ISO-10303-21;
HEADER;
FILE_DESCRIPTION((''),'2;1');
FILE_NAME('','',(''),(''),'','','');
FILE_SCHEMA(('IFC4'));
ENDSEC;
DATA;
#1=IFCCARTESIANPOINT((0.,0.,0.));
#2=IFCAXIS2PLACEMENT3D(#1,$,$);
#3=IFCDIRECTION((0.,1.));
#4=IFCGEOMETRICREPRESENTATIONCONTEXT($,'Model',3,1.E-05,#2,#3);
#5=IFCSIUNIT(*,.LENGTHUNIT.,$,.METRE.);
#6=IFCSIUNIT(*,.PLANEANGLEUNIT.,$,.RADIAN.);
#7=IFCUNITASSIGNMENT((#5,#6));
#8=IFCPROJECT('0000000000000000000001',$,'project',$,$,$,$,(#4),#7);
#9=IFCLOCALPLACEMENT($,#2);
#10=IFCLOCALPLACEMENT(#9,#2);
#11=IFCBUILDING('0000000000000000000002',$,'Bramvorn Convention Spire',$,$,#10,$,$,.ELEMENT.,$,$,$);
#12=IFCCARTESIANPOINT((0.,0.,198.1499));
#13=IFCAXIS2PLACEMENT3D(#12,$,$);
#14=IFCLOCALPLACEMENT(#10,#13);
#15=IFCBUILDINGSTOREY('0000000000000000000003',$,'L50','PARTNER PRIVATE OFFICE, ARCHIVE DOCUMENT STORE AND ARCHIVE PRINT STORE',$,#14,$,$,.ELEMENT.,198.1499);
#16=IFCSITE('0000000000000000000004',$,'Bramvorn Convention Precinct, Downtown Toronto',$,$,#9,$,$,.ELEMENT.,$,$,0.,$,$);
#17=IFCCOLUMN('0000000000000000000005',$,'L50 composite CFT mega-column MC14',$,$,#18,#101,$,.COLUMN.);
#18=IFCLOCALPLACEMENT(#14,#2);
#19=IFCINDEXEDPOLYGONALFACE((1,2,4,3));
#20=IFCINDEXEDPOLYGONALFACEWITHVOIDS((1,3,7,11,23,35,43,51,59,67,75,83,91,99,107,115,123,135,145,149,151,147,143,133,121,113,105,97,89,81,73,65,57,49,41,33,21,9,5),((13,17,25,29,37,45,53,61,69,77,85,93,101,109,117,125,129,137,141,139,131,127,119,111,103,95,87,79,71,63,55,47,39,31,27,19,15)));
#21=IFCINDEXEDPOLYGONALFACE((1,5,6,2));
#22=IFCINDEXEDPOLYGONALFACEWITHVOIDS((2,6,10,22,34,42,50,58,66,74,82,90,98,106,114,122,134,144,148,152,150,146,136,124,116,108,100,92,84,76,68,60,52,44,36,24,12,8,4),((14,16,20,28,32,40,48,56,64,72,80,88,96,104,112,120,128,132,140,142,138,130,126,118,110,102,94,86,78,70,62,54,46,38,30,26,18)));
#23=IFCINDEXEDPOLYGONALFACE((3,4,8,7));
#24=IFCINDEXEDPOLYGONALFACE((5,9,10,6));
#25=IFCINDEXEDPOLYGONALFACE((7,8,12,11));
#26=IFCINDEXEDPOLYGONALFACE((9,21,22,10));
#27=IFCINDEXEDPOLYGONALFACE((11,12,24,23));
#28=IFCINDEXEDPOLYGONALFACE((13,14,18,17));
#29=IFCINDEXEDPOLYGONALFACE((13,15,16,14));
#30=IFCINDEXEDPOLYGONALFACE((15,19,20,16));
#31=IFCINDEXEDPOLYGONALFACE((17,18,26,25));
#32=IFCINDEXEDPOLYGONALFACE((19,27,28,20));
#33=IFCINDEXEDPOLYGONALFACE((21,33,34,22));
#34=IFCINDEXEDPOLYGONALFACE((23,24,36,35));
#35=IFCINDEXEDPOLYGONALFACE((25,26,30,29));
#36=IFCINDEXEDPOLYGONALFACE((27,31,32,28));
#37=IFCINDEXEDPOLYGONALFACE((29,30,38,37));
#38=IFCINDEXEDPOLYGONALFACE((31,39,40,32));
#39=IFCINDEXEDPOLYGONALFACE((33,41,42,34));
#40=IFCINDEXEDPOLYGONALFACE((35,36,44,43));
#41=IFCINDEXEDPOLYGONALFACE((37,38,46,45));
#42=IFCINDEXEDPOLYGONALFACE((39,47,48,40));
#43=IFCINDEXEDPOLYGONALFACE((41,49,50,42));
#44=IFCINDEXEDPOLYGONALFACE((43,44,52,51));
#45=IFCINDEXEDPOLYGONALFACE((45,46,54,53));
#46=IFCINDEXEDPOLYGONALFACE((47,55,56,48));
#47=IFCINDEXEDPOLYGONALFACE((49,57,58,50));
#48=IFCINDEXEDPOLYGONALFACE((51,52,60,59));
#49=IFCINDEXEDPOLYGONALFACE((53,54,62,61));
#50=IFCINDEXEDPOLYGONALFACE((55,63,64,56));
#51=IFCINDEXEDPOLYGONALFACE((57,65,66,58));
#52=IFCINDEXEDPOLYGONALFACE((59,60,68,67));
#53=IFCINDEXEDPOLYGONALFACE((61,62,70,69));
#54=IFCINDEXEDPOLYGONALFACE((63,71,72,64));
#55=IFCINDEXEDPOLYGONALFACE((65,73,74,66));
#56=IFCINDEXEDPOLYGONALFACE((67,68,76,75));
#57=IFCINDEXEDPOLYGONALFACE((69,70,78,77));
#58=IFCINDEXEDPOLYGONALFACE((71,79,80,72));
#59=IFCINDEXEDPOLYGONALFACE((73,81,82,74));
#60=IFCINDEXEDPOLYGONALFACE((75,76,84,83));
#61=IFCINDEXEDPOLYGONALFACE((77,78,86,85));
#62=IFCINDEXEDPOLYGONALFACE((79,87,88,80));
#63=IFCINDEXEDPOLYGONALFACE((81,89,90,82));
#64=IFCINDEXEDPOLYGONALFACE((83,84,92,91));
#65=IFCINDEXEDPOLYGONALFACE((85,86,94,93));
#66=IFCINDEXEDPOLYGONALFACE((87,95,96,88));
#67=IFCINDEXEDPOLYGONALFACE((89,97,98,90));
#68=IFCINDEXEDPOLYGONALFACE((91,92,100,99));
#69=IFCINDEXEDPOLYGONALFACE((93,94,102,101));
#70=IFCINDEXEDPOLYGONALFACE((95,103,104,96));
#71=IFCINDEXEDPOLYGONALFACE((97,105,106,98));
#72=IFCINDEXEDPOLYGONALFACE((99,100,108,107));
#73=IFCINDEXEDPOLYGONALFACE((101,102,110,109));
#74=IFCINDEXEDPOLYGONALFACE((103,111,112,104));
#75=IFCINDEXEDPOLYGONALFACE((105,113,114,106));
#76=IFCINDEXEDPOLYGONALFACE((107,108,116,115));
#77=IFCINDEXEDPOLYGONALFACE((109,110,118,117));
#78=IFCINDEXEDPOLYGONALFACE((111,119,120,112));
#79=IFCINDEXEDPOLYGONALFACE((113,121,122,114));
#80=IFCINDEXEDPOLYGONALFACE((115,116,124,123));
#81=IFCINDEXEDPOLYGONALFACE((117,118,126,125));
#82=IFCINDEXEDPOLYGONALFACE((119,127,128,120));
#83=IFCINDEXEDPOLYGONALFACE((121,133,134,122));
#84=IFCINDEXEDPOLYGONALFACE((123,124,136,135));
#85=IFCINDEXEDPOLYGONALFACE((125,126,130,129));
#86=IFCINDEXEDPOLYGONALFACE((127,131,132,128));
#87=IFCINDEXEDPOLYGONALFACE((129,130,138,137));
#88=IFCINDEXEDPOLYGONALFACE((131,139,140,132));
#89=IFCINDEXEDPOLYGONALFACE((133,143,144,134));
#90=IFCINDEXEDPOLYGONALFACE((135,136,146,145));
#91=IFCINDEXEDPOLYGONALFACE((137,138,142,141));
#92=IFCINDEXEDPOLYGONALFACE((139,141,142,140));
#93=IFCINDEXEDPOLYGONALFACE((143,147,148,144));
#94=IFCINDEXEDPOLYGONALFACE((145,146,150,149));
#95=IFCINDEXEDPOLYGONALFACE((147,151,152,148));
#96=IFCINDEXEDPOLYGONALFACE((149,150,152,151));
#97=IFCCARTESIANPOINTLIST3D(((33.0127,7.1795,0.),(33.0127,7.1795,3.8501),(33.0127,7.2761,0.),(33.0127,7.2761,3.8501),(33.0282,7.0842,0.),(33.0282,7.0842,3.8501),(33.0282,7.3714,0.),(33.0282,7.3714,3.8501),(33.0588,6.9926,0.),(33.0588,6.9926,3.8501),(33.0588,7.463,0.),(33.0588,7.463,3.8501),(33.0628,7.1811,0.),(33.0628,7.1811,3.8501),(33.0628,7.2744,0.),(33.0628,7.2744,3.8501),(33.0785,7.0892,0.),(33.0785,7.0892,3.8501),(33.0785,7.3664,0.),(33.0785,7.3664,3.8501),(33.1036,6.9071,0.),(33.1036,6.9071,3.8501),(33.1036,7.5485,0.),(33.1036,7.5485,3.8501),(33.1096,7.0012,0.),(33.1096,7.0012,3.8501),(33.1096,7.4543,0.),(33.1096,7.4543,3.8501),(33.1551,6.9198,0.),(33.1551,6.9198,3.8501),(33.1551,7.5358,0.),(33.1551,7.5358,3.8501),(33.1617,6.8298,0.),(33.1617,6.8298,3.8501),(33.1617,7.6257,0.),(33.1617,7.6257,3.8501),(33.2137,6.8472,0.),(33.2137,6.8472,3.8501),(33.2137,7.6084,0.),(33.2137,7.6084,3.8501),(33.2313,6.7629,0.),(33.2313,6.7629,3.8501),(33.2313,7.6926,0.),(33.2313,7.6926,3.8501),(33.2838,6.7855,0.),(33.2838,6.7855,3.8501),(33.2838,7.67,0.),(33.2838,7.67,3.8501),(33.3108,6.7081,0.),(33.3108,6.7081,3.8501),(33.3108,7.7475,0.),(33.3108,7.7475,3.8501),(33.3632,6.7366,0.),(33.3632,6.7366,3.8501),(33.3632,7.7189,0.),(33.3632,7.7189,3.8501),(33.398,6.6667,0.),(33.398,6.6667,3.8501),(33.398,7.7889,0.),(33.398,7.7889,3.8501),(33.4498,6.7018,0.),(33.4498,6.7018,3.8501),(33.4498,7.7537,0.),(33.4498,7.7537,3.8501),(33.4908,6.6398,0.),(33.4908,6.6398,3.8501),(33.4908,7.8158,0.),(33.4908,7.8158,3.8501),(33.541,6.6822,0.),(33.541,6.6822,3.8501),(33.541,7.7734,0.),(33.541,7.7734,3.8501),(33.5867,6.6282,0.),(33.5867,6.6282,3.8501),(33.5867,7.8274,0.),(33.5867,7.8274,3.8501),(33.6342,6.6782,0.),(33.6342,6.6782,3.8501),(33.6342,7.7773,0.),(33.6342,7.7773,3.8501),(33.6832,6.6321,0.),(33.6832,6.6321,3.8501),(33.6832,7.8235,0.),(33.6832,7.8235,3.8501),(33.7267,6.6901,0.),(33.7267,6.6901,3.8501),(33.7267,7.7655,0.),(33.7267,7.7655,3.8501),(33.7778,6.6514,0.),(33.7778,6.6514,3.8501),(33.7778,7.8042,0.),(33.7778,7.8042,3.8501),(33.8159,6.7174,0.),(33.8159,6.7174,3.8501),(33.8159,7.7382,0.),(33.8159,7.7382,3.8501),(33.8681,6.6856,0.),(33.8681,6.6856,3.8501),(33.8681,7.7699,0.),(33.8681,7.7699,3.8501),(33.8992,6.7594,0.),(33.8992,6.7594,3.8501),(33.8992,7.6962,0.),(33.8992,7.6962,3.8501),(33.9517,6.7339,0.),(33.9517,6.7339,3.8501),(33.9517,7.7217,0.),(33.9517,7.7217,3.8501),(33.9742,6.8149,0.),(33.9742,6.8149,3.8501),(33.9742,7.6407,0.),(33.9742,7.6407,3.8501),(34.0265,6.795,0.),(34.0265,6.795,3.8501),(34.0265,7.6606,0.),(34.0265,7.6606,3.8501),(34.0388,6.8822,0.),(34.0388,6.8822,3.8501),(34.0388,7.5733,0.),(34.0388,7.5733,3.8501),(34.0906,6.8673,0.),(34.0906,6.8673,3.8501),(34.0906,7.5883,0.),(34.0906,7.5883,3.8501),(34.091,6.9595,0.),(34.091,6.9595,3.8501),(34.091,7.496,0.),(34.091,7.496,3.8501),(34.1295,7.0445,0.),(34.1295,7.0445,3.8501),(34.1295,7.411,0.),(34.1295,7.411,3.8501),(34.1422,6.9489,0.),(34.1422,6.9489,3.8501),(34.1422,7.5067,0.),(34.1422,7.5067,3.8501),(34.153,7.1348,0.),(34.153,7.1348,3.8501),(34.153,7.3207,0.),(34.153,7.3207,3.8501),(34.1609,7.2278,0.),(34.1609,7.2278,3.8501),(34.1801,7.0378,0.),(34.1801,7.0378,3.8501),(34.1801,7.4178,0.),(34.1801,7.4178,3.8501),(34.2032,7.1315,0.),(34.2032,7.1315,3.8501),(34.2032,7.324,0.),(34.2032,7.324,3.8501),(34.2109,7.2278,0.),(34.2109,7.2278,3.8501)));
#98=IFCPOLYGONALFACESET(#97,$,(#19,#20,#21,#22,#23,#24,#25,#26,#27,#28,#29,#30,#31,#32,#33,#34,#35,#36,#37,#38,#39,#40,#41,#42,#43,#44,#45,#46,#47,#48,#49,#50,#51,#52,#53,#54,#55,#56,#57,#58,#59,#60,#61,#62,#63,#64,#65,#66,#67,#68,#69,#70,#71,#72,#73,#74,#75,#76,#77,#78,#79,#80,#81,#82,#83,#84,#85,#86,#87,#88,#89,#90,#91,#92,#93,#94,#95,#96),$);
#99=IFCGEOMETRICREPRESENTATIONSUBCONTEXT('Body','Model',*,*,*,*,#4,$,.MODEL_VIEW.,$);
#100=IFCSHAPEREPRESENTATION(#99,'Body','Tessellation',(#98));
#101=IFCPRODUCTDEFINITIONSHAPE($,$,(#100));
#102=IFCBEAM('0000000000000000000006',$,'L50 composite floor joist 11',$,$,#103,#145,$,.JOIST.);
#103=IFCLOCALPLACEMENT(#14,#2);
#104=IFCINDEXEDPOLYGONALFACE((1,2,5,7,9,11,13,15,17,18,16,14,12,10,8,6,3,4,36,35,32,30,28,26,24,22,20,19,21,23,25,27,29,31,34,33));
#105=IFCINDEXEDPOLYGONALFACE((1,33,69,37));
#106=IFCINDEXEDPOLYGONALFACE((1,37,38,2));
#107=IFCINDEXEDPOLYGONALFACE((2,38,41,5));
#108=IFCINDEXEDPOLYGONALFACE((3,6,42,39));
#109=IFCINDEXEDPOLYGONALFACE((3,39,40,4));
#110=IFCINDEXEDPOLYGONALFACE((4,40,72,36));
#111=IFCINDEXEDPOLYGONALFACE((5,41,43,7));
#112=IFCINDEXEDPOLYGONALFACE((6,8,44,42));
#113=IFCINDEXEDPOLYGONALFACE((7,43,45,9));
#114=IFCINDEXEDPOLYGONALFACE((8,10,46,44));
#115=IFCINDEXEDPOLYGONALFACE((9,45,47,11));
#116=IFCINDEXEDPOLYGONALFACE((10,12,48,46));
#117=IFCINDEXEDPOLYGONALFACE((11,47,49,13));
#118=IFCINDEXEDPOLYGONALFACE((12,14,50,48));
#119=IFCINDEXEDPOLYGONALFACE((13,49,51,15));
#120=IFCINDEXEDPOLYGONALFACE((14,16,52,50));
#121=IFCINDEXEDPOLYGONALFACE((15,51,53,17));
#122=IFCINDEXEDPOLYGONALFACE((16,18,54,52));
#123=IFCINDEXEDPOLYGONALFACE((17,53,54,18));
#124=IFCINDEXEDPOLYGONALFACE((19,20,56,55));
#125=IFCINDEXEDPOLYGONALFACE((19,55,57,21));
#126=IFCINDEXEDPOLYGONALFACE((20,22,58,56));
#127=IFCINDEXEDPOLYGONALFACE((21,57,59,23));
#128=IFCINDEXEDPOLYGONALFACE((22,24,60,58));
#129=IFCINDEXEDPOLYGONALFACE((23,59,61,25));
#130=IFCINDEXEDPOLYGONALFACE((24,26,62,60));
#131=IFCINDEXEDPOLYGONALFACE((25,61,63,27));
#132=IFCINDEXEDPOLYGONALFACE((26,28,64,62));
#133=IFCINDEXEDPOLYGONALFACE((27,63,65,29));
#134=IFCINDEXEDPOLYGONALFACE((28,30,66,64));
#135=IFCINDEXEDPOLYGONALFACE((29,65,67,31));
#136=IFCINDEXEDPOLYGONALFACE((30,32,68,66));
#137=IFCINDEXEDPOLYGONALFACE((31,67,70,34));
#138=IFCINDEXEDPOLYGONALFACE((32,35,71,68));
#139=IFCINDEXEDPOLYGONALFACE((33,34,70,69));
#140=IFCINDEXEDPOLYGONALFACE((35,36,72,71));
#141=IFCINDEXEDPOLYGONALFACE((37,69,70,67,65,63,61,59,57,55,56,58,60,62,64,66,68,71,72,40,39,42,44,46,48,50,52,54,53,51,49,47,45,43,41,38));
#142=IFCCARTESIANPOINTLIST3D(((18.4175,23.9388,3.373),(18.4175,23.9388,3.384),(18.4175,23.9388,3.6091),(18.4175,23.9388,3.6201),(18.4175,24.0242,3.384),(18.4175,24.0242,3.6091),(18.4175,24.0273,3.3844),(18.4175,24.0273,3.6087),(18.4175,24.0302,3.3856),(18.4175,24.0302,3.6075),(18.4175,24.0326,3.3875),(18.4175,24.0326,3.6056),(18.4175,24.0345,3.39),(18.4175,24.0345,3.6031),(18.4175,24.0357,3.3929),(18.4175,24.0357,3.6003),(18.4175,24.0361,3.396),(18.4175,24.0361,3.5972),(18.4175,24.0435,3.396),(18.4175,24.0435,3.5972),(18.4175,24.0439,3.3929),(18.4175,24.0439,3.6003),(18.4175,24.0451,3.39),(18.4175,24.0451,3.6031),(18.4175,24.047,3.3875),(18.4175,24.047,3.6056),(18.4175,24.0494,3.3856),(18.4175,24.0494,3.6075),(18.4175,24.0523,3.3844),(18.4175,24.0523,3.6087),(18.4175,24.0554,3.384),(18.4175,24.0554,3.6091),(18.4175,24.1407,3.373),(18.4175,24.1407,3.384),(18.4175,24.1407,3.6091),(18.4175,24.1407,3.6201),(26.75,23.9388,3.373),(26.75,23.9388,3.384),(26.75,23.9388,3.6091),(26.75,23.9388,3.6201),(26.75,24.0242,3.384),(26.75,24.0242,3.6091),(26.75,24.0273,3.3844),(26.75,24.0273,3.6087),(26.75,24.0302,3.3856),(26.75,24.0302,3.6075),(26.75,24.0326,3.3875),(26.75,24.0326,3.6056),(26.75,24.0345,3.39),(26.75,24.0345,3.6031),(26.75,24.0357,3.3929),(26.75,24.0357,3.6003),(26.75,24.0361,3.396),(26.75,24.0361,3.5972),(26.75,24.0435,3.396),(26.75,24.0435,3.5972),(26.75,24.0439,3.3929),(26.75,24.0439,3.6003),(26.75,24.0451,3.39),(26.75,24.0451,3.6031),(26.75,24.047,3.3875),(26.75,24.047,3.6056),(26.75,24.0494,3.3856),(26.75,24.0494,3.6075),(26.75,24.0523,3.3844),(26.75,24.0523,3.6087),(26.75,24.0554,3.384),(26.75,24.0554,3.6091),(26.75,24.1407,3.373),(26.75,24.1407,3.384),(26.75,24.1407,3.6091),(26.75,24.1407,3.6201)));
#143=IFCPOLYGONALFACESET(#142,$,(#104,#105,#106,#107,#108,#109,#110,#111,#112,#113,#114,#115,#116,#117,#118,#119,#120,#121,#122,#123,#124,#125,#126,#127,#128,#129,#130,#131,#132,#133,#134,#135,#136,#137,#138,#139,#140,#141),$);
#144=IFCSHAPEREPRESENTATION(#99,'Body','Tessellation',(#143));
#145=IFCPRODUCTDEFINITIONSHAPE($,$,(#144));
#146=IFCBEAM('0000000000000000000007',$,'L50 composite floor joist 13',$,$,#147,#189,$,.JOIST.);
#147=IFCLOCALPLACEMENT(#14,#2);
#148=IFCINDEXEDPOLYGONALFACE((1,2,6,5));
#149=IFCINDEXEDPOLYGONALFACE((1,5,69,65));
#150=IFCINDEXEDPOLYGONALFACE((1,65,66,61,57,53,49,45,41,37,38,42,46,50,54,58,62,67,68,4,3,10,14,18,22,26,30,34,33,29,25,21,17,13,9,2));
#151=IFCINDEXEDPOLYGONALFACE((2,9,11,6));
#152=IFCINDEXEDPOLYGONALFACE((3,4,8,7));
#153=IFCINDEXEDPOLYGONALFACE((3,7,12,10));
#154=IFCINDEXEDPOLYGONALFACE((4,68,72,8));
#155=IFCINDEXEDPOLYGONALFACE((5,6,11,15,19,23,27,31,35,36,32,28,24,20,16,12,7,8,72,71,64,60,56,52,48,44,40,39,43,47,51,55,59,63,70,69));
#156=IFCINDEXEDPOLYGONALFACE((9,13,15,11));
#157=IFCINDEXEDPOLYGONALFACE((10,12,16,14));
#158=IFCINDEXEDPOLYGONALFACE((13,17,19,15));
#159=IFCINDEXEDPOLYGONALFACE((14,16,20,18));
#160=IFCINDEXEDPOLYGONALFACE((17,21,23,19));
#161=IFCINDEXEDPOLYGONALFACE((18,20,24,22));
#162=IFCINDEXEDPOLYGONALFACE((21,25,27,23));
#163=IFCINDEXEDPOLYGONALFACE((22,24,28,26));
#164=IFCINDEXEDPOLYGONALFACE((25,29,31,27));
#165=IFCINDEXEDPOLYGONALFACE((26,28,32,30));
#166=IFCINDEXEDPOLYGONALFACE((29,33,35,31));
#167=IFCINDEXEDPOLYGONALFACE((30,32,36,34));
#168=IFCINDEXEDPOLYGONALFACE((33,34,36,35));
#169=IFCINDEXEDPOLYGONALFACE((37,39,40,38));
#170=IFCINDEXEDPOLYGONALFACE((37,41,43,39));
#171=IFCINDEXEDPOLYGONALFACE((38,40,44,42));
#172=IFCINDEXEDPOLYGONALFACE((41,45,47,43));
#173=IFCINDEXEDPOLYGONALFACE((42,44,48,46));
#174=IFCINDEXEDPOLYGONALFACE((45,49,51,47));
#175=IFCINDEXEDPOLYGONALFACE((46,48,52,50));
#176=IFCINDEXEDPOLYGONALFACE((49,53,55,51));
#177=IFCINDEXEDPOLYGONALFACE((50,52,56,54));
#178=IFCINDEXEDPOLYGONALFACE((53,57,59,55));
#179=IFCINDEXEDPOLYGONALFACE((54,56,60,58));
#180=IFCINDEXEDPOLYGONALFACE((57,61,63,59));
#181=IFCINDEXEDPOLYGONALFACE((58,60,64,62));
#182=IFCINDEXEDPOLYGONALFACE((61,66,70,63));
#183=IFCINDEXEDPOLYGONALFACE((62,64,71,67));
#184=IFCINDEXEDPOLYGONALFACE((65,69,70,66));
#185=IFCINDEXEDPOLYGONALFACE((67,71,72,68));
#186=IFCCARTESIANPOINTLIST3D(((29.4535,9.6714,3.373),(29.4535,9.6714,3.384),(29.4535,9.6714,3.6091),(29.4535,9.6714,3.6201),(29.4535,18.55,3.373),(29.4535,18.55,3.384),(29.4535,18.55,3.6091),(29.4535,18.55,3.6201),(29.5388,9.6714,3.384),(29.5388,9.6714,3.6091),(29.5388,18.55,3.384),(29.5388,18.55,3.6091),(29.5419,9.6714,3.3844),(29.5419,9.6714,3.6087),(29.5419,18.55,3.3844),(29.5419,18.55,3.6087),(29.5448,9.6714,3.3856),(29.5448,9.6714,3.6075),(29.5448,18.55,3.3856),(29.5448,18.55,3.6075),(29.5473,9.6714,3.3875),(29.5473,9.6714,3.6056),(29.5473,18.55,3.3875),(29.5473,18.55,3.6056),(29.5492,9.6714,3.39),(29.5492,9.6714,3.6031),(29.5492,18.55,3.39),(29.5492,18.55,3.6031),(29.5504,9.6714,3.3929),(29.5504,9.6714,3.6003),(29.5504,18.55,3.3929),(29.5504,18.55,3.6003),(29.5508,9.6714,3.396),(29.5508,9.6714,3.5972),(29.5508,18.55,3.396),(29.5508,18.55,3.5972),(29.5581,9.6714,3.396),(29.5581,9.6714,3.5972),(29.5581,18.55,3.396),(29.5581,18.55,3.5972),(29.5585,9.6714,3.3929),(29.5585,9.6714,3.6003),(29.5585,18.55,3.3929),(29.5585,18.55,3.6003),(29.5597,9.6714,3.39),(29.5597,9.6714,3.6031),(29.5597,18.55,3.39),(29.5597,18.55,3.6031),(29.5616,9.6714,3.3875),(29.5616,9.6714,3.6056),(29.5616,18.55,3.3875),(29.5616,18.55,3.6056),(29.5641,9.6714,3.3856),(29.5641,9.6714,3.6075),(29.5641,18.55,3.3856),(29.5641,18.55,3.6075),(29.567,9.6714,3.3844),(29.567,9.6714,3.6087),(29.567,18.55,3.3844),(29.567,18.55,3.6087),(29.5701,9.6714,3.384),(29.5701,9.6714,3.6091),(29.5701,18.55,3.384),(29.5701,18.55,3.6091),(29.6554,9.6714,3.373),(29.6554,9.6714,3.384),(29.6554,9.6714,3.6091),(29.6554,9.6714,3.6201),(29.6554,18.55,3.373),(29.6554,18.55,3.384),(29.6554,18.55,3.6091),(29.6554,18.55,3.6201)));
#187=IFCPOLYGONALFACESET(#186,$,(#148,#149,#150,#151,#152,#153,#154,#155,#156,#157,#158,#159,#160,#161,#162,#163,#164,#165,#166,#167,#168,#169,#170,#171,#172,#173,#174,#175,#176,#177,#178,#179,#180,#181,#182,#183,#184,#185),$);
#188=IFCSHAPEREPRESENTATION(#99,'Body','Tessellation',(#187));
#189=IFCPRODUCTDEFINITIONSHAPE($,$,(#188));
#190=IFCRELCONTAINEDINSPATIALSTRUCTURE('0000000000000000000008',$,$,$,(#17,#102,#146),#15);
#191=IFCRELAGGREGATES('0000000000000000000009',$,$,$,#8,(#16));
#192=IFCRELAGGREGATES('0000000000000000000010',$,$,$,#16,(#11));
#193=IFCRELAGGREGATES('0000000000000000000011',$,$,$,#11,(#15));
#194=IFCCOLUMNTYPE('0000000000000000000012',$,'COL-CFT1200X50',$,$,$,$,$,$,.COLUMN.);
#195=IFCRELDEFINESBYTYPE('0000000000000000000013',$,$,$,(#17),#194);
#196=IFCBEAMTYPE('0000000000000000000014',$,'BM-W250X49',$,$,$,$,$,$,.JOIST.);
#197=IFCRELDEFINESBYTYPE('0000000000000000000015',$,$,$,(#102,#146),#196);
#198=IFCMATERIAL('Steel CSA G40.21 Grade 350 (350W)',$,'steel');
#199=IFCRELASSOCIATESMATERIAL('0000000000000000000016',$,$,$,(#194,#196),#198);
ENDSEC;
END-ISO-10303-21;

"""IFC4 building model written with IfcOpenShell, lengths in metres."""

from ifc_helpers import new_model, si_unit, direction, frame, origin, origin_2d, place, context, subcontext, project, spatial, hollow_circle, i_section, extrude, material, material_profile, profile_set, type_object, element, save


model = new_model("IFC4")

# Units and contexts
model_context = context("Model", 3, precision=1e-05, world=origin(), true_north=direction((0.0, 1.0)))
body_context = subcontext(model_context, "Body", "Model", "MODEL_VIEW")
ifc_project = project(units=[si_unit("LENGTHUNIT", "METRE"), si_unit("PLANEANGLEUNIT", "RADIAN")], contexts=[model_context])

# Site, building, storey
site_placement = place(None, origin())
site = spatial("IfcSite", under=ifc_project, at=site_placement, Name="Bramvorn Convention Precinct, Downtown Toronto", CompositionType="ELEMENT", RefElevation=0.0)
building_placement = place(site_placement, origin())
building = spatial("IfcBuilding", under=site, at=building_placement, Name="Bramvorn Convention Spire", CompositionType="ELEMENT")
storey_placement = place(building_placement, frame((0.0, 0.0, 198.1499)))
storey = spatial("IfcBuildingStorey", under=building, at=storey_placement, Name="L50", Description="PARTNER PRIVATE OFFICE, ARCHIVE DOCUMENT STORE AND ARCHIVE PRINT STORE", CompositionType="ELEMENT", Elevation=198.1499)

# Column
ifc_material_1 = material(Name="Steel CSA G40.21 Grade 350 (350W)", Category="steel")
ifc_material_profile_1 = material_profile(ifc_material_1, hollow_circle(Radius=0.6001, WallThickness=0.05, at=origin_2d()))
ifc_profile_set_1 = profile_set([ifc_material_profile_1], Name="Steel CSA G40.21 Grade 350 (350W) - CFT1200X50")
column_type = type_object("IfcColumnType", Name="COL-CFT1200X50", PredefinedType="COLUMN", material=ifc_profile_set_1)
column_placement = place(storey_placement, frame((33.6108, 7.2278, 0.0), z_axis=(0.0, 0.0, 1.0), x_axis=(1.0, 0.0, 0.0)))
element("IfcColumn", 1, at=column_placement, inside=storey, type_object=column_type, Name="L50 composite CFT mega-column MC14", PredefinedType="COLUMN", context=body_context, shape_type="SweptSolid", body=[
    extrude(hollow_circle(Radius=0.6001, WallThickness=0.05, at=origin_2d()), origin(), (0.0, 0.0, 1.0), 3.8501),
])

# Beams
ifc_material_profile_2 = material_profile(ifc_material_1, i_section(OverallWidth=0.2019, OverallDepth=0.2471, WebThickness=0.0073, FlangeThickness=0.011, FilletRadius=0.012, at=origin_2d()))
ifc_profile_set_2 = profile_set([ifc_material_profile_2], Name="Steel CSA G40.21 Grade 350 (350W) - W250X49")
beam_type_1 = type_object("IfcBeamType", Name="BM-W250X49", PredefinedType="JOIST", material=ifc_profile_set_2)
beam_1_placement = place(storey_placement, frame((26.75, 24.0398, 3.4966), z_axis=(-1.0, 0.0, 0.0), x_axis=(0.0, -1.0, 0.0)))
element("IfcBeam", 2, at=beam_1_placement, inside=storey, type_object=beam_type_1, Name="L50 composite floor joist 11", PredefinedType="JOIST", context=body_context, shape_type="SweptSolid", body=[
    extrude(i_section(OverallWidth=0.2019, OverallDepth=0.2471, WebThickness=0.0073, FlangeThickness=0.011, FilletRadius=0.012, at=origin_2d()), origin(), (0.0, 0.0, 1.0), 8.3325),
])
beam_2_placement = place(storey_placement, frame((29.5544, 18.55, 3.4966), z_axis=(0.0, -1.0, 0.0), x_axis=(1.0, 0.0, 0.0)))
element("IfcBeam", 3, at=beam_2_placement, inside=storey, type_object=beam_type_1, Name="L50 composite floor joist 13", PredefinedType="JOIST", context=body_context, shape_type="SweptSolid", body=[
    extrude(i_section(OverallWidth=0.2019, OverallDepth=0.2471, WebThickness=0.0073, FlangeThickness=0.011, FilletRadius=0.012, at=origin_2d()), origin(), (0.0, 0.0, 1.0), 8.8787),
])

save(model, "model.ifc")
